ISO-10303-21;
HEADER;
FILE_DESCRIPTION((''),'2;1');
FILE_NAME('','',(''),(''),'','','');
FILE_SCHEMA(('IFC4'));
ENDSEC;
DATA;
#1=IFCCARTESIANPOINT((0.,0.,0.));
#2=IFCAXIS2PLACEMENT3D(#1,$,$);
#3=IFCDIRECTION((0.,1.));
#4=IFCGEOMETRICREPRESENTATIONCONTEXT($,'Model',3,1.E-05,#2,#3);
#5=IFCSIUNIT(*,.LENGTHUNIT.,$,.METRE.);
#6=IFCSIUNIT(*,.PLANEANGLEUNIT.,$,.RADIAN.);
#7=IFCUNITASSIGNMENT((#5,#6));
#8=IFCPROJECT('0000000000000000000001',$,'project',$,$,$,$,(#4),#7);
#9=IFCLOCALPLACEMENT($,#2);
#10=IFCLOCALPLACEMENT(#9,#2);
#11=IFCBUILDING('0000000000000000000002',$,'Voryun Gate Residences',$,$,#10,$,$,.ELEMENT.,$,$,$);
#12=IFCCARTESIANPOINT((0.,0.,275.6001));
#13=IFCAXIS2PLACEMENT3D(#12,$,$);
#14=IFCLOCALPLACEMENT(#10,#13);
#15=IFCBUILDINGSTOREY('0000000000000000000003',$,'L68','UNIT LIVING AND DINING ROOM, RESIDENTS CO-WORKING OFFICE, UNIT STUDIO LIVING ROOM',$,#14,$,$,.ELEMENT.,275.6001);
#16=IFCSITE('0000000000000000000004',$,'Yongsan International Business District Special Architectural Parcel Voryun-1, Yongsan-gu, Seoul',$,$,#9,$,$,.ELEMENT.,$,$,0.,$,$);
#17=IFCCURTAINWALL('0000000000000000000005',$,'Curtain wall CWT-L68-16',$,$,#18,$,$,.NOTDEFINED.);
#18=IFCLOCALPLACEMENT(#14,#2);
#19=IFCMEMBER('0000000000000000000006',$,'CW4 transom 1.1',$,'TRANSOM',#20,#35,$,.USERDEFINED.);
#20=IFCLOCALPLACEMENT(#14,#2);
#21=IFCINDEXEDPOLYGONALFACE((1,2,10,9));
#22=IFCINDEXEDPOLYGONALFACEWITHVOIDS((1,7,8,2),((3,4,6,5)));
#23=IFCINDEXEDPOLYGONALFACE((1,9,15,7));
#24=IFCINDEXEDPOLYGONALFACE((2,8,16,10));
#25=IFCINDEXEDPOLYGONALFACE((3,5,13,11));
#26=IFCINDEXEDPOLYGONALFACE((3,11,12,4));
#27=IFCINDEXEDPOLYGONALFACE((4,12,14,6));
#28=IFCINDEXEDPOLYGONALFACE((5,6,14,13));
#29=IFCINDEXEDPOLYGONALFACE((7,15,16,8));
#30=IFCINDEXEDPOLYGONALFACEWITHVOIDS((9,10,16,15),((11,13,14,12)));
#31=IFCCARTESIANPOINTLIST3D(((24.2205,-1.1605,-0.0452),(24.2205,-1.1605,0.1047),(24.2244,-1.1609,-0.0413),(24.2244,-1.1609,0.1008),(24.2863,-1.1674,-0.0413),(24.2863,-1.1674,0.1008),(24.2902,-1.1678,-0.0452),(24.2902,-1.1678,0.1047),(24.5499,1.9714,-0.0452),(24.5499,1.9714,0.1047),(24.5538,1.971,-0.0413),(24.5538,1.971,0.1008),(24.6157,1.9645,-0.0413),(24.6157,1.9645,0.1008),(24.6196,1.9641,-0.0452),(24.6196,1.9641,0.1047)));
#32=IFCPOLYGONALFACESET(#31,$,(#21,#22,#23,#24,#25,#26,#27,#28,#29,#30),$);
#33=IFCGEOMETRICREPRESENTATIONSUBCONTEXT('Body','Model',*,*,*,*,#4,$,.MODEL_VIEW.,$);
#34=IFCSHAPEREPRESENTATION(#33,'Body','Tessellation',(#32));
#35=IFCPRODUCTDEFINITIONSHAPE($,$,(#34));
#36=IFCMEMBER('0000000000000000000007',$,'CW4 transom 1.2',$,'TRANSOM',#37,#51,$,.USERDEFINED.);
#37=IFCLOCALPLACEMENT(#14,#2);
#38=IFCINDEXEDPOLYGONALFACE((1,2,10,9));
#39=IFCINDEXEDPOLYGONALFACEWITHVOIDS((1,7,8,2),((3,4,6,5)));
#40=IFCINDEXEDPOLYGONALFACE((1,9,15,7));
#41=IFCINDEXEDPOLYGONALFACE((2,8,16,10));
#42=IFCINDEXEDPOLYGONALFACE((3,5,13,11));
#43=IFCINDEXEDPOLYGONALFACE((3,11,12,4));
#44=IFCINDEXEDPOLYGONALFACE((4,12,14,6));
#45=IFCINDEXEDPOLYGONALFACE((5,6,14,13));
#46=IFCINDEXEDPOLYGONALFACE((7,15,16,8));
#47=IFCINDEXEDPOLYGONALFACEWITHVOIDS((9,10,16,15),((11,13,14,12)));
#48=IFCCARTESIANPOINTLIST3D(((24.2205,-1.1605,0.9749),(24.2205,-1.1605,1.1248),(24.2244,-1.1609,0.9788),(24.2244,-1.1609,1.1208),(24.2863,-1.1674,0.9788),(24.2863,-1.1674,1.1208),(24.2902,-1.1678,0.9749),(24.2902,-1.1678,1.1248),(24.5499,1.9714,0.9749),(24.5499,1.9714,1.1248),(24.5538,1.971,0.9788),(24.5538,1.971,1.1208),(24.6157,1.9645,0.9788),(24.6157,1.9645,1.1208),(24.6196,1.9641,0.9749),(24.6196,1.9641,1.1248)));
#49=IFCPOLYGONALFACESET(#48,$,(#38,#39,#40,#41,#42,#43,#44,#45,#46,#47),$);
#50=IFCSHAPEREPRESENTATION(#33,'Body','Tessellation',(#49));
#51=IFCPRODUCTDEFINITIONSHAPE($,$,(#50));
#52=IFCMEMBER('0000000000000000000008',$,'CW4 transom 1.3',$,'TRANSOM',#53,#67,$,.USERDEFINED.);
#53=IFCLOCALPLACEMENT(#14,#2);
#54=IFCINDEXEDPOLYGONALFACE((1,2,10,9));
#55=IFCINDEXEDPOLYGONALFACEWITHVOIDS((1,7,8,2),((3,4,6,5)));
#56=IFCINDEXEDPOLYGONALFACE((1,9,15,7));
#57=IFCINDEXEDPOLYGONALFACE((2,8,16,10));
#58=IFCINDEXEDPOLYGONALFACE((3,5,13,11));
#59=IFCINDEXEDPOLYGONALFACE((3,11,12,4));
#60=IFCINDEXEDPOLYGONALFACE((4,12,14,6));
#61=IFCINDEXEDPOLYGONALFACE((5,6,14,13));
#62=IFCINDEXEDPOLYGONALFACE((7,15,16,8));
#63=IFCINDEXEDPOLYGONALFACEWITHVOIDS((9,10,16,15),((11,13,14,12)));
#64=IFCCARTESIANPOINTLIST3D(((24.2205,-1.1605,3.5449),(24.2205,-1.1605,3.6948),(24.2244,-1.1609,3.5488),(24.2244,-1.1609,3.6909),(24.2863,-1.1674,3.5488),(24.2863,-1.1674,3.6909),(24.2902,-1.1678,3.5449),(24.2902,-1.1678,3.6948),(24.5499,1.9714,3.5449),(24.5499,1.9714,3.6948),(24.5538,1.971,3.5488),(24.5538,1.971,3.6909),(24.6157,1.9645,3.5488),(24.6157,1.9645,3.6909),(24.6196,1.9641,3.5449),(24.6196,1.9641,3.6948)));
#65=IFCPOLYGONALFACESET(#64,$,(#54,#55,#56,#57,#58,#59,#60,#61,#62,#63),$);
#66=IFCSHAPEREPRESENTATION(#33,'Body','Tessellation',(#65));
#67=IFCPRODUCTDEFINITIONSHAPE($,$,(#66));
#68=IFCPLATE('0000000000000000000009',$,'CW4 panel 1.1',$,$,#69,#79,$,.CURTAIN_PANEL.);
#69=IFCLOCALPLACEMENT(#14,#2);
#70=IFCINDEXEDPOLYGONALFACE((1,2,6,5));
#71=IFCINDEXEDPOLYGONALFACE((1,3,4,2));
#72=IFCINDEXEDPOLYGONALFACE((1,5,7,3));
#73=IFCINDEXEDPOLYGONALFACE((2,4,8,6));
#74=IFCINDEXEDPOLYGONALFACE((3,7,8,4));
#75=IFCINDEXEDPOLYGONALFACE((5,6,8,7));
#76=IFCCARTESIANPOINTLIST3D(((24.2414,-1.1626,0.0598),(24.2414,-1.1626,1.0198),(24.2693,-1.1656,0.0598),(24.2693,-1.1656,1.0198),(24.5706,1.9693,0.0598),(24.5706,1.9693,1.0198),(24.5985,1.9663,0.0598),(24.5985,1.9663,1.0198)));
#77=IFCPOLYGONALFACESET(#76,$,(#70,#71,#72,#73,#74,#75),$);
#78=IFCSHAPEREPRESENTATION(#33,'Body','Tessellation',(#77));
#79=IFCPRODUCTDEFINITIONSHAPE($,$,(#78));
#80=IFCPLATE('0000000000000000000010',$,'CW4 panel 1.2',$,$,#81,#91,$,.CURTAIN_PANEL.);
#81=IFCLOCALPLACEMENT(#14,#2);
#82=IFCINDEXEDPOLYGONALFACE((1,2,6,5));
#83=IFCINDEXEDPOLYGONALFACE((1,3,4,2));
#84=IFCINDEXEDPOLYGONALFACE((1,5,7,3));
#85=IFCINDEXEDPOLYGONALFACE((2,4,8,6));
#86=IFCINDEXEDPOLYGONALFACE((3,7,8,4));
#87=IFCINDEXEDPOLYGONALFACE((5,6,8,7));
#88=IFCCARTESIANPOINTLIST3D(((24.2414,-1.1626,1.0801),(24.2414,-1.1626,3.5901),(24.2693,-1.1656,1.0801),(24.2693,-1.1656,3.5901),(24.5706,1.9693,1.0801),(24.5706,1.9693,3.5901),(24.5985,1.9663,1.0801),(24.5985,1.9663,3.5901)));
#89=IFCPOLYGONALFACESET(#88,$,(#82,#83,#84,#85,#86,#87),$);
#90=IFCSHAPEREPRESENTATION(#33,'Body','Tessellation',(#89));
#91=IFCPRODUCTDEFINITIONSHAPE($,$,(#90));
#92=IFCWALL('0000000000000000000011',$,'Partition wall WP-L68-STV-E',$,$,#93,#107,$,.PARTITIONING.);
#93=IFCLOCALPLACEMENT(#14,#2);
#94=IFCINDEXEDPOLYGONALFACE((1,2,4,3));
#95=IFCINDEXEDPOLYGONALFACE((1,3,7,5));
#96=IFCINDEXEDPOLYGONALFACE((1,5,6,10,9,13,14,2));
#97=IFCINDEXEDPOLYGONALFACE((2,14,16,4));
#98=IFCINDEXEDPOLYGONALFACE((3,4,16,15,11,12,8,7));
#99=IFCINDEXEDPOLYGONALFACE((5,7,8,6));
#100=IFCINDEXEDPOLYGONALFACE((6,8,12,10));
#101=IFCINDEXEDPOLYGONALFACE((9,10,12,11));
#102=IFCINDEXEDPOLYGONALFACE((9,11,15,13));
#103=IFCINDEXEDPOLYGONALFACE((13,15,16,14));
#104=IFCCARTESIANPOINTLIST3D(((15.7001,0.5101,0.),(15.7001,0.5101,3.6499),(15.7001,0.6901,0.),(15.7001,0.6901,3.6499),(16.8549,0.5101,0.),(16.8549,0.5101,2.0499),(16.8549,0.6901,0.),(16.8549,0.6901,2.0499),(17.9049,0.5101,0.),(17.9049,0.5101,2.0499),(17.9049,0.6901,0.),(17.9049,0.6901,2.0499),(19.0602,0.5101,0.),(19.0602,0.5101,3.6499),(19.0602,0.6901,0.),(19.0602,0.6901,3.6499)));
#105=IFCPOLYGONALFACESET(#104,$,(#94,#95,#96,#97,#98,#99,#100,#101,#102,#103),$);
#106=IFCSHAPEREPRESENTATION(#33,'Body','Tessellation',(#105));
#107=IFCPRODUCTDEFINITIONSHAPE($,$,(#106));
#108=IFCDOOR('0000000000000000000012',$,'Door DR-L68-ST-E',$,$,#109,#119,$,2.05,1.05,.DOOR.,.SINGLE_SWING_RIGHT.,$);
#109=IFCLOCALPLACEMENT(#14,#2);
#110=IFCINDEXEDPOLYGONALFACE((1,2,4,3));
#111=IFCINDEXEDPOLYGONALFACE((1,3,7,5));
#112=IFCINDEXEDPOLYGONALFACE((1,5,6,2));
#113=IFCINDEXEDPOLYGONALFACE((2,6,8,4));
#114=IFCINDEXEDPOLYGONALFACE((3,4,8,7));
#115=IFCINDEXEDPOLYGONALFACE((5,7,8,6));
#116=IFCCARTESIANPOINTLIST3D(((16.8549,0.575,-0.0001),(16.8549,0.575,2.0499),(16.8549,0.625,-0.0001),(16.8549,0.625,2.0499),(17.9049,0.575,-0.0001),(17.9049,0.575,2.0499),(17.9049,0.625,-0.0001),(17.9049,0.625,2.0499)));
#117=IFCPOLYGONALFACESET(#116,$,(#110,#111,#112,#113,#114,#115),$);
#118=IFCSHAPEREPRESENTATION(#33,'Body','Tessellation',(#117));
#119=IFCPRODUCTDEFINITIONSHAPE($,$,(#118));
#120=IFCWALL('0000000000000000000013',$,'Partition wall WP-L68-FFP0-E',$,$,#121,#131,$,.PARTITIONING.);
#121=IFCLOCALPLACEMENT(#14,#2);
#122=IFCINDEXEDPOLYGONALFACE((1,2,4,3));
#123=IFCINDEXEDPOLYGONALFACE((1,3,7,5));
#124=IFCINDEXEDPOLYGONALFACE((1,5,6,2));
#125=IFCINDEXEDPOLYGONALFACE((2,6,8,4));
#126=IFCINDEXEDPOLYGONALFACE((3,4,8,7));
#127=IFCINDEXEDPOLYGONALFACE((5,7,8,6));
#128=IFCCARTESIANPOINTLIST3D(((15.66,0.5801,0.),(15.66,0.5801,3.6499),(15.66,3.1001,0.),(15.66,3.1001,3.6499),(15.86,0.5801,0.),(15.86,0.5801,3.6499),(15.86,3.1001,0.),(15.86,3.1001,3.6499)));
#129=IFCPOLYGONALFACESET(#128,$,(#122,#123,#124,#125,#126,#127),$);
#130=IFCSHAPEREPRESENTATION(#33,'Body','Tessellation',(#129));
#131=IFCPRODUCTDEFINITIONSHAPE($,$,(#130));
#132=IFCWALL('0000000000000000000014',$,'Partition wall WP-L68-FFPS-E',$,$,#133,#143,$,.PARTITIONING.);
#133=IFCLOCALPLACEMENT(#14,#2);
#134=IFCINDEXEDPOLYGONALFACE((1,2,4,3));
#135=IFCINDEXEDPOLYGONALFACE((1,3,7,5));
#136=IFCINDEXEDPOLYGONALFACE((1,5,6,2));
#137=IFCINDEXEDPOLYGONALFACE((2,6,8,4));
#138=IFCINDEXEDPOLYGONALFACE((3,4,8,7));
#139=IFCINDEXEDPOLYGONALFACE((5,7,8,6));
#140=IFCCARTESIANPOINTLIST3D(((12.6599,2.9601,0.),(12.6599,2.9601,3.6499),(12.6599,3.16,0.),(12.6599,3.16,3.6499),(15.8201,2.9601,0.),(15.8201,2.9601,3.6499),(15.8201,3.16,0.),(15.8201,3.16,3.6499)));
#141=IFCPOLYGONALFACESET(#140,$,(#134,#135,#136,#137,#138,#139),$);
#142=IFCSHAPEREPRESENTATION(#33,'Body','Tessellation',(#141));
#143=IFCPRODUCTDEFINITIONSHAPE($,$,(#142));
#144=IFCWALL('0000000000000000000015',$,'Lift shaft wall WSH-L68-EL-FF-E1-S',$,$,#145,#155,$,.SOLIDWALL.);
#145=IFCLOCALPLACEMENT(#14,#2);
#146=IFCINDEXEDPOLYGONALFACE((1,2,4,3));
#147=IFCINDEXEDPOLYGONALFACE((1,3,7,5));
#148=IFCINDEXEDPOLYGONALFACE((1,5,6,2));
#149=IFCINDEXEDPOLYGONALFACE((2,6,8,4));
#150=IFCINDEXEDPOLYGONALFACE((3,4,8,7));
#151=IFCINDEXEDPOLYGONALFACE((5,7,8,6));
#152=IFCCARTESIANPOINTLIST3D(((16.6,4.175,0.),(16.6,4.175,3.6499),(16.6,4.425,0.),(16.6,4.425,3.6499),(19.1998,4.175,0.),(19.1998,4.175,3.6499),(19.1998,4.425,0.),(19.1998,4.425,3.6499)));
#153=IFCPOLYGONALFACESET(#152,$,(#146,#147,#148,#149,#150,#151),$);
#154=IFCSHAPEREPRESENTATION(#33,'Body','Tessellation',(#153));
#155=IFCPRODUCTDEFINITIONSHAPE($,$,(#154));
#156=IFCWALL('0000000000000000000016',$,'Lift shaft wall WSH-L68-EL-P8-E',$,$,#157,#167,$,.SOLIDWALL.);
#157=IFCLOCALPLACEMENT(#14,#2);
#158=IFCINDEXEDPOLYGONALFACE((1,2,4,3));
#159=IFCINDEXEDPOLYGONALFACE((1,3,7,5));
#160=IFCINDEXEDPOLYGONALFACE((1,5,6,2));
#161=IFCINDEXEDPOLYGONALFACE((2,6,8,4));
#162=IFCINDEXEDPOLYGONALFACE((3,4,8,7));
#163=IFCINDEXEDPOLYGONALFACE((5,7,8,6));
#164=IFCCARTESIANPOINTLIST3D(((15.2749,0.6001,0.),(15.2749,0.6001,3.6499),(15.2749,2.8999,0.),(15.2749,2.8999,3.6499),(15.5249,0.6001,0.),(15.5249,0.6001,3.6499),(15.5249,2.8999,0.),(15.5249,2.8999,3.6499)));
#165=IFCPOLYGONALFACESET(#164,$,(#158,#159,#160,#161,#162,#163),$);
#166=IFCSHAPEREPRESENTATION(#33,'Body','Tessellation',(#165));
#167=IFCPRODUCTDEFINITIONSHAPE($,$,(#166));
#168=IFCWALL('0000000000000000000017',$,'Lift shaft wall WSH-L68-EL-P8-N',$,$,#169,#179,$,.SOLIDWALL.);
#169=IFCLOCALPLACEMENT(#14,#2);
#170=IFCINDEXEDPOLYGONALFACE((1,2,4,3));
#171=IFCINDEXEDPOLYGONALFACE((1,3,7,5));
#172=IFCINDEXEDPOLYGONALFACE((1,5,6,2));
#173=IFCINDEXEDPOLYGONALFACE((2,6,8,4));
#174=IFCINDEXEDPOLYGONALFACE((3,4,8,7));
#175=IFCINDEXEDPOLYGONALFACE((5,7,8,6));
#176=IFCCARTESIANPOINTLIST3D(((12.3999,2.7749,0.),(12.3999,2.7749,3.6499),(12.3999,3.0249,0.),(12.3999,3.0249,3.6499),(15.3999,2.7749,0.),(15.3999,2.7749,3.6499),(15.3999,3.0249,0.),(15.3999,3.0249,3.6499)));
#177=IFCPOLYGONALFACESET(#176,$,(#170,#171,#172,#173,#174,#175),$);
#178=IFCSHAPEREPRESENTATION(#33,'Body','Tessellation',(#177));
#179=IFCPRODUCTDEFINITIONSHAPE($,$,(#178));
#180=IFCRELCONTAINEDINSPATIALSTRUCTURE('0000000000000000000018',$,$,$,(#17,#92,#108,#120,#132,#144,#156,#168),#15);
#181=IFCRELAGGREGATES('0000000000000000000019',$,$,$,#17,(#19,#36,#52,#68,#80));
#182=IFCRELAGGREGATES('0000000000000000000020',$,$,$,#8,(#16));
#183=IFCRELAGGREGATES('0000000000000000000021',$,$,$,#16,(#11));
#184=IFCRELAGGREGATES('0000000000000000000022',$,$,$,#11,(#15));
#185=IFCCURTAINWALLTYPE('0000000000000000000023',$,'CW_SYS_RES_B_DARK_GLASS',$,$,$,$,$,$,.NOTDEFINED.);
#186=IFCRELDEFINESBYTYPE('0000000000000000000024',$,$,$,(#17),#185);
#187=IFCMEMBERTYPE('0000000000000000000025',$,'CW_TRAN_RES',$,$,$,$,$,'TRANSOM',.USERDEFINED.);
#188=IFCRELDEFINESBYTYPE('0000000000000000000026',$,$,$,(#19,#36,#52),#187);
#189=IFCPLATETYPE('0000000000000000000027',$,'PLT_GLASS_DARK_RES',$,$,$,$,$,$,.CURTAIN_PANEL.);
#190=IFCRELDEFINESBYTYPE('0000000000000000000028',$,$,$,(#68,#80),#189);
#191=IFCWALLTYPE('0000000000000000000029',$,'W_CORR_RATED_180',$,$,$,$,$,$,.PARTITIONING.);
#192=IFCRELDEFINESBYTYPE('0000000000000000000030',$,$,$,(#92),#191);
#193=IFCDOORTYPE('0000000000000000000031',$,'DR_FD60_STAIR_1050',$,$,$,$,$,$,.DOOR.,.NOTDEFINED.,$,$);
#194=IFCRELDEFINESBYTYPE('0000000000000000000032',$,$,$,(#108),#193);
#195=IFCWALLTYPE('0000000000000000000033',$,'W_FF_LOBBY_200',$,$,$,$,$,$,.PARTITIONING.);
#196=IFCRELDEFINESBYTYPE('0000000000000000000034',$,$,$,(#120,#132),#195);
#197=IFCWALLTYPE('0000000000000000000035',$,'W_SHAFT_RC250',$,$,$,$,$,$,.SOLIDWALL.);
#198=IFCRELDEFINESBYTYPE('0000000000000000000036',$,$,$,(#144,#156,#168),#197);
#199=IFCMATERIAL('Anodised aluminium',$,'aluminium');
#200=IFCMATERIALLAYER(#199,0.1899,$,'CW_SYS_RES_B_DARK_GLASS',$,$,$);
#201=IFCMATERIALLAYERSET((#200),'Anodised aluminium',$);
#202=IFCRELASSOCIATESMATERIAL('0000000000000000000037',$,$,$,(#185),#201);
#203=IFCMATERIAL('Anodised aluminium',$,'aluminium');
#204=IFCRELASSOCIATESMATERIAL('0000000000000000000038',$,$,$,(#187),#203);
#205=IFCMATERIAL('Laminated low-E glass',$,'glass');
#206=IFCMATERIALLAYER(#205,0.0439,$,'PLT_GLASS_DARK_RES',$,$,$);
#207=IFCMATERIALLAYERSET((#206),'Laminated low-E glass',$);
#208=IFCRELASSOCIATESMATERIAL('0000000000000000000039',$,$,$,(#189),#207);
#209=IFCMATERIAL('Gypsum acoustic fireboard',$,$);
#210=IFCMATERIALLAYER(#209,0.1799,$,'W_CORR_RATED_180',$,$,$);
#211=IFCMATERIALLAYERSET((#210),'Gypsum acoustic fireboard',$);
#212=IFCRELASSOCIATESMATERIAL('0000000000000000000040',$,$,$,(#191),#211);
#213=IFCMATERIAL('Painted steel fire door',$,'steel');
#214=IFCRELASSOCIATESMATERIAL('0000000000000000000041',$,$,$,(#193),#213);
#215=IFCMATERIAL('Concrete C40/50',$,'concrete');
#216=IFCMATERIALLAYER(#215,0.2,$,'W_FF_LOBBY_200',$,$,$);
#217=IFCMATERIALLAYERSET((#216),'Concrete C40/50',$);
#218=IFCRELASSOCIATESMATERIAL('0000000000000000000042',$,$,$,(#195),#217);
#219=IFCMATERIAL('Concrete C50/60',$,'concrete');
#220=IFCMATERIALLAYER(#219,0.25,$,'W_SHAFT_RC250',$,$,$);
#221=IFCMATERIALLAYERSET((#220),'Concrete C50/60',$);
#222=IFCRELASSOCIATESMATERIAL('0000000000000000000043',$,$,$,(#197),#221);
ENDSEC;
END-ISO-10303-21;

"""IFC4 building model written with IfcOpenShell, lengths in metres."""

from ifc_helpers import new_model, si_unit, direction, frame, frame_2d, origin, origin_2d, place, context, subcontext, project, spatial, rectangle, hollow_rectangle, extrude, material, layer, layer_set, material_profile, profile_set, type_object, element, fill, aggregate, save


model = new_model("IFC4")

# Units and contexts
model_context = context("Model", 3, precision=1e-05, world=origin(), true_north=direction((0.0, 1.0)))
body_context = subcontext(model_context, "Body", "Model", "MODEL_VIEW")
ifc_project = project(units=[si_unit("LENGTHUNIT", "METRE"), si_unit("PLANEANGLEUNIT", "RADIAN")], contexts=[model_context])

# Site, building, storey
site_placement = place(None, origin())
site = spatial("IfcSite", under=ifc_project, at=site_placement, Name="Yongsan International Business District Special Architectural Parcel Voryun-1, Yongsan-gu, Seoul", CompositionType="ELEMENT", RefElevation=0.0)
building_placement = place(site_placement, origin())
building = spatial("IfcBuilding", under=site, at=building_placement, Name="Voryun Gate Residences", CompositionType="ELEMENT")
storey_placement = place(building_placement, frame((0.0, 0.0, 275.6001)))
storey = spatial("IfcBuildingStorey", under=building, at=storey_placement, Name="L68", Description="UNIT LIVING AND DINING ROOM, RESIDENTS CO-WORKING OFFICE, UNIT STUDIO LIVING ROOM", CompositionType="ELEMENT", Elevation=275.6001)

# Curtain wall, members, plates
ifc_material_1 = material(Name="Anodised aluminium", Category="aluminium")
ifc_layer_1 = layer(ifc_material_1, 0.1899, Name="CW_SYS_RES_B_DARK_GLASS")
ifc_layer_set_1 = layer_set([ifc_layer_1], Name="Anodised aluminium")
curtain_wall_type = type_object("IfcCurtainWallType", Name="CW_SYS_RES_B_DARK_GLASS", PredefinedType="NOTDEFINED", material=ifc_layer_set_1)
curtain_wall_placement = place(storey_placement, origin())
curtain_wall = element("IfcCurtainWall", 1, at=curtain_wall_placement, inside=storey, type_object=curtain_wall_type, Name="Curtain wall CWT-L68-16", PredefinedType="NOTDEFINED")
ifc_material_2 = material(Name="Anodised aluminium", Category="aluminium")
ifc_material_profile_1 = material_profile(ifc_material_2, hollow_rectangle(XDim=0.0701, YDim=0.1499, WallThickness=0.0039, at=origin_2d()), Name="ALU-TRAN-150x70x4")
ifc_profile_set_1 = profile_set([ifc_material_profile_1], Name="Anodised aluminium")
member_type_1 = type_object("IfcMemberType", Name="CW_TRAN_RES", ElementType="TRANSOM", PredefinedType="USERDEFINED", material=ifc_profile_set_1)
member_1_placement = place(storey_placement, frame((24.5847, 1.9678, 0.0298), z_axis=(-0.104584, -0.994516, 0.0), x_axis=(0.994516, -0.104584, 0.0)))
member_1 = element("IfcMember", 2, at=member_1_placement, type_object=member_type_1, Name="CW4 transom 1.1", ObjectType="TRANSOM", PredefinedType="USERDEFINED", context=body_context, shape_type="SweptSolid", body=[
    extrude(hollow_rectangle(XDim=0.0701, YDim=0.1499, WallThickness=0.0039, at=origin_2d()), origin(), (0.0, 0.0, 1.0), 3.1492),
])
member_2_placement = place(storey_placement, frame((24.5847, 1.9678, 1.0498), z_axis=(-0.104584, -0.994516, 0.0), x_axis=(0.994516, -0.104584, 0.0)))
member_2 = element("IfcMember", 3, at=member_2_placement, type_object=member_type_1, Name="CW4 transom 1.2", ObjectType="TRANSOM", PredefinedType="USERDEFINED", context=body_context, shape_type="SweptSolid", body=[
    extrude(hollow_rectangle(XDim=0.0701, YDim=0.1499, WallThickness=0.0039, at=origin_2d()), origin(), (0.0, 0.0, 1.0), 3.1492),
])
member_3_placement = place(storey_placement, frame((24.5847, 1.9678, 3.6199), z_axis=(-0.104584, -0.994516, 0.0), x_axis=(0.994516, -0.104584, 0.0)))
member_3 = element("IfcMember", 4, at=member_3_placement, type_object=member_type_1, Name="CW4 transom 1.3", ObjectType="TRANSOM", PredefinedType="USERDEFINED", context=body_context, shape_type="SweptSolid", body=[
    extrude(hollow_rectangle(XDim=0.0701, YDim=0.1499, WallThickness=0.0039, at=origin_2d()), origin(), (0.0, 0.0, 1.0), 3.1492),
])
ifc_material_3 = material(Name="Laminated low-E glass", Category="glass")
ifc_layer_2 = layer(ifc_material_3, 0.0439, Name="PLT_GLASS_DARK_RES")
ifc_layer_set_2 = layer_set([ifc_layer_2], Name="Laminated low-E glass")
plate_type = type_object("IfcPlateType", Name="PLT_GLASS_DARK_RES", PredefinedType="CURTAIN_PANEL", material=ifc_layer_set_2)
plate_1_placement = place(storey_placement, frame((24.4199, 0.4019, 0.0598), z_axis=(0.0, 0.0, 1.0), x_axis=(-0.104536, -0.994521, 0.0)))
plate_1 = element("IfcPlate", 5, at=plate_1_placement, type_object=plate_type, Name="CW4 panel 1.1", PredefinedType="CURTAIN_PANEL", context=body_context, shape_type="SweptSolid", body=[
    extrude(rectangle(XDim=3.1492, YDim=0.0281, at=origin_2d()), origin(), (0.0, 0.0, 1.0), 0.96),
])
plate_2_placement = place(storey_placement, frame((24.4199, 0.4019, 1.0801), z_axis=(0.0, 0.0, 1.0), x_axis=(-0.104536, -0.994521, 0.0)))
plate_2 = element("IfcPlate", 6, at=plate_2_placement, type_object=plate_type, Name="CW4 panel 1.2", PredefinedType="CURTAIN_PANEL", context=body_context, shape_type="SweptSolid", body=[
    extrude(rectangle(XDim=3.1492, YDim=0.0281, at=origin_2d()), origin(), (0.0, 0.0, 1.0), 2.51),
])
aggregate(curtain_wall, [member_1, member_2, member_3, plate_1, plate_2])

# Wall, opening, door
ifc_material_4 = material(Name="Gypsum acoustic fireboard")
ifc_layer_3 = layer(ifc_material_4, 0.1799, Name="W_CORR_RATED_180")
ifc_layer_set_3 = layer_set([ifc_layer_3], Name="Gypsum acoustic fireboard")
wall_type_1 = type_object("IfcWallType", Name="W_CORR_RATED_180", PredefinedType="PARTITIONING", material=ifc_layer_set_3)
wall_1_placement = place(storey_placement, frame((15.7, 0.6001, 0.0), z_axis=(0.0, 0.0, 1.0), x_axis=(1.0, 0.0, 0.0)))
wall_1 = element("IfcWall", 7, at=wall_1_placement, inside=storey, type_object=wall_type_1, Name="Partition wall WP-L68-STV-E", PredefinedType="PARTITIONING", context=body_context, shape_type="SweptSolid", body=[
    extrude(rectangle(XDim=3.3601, YDim=0.1799, at=frame_2d((1.6802, 0.0))), origin(), (0.0, 0.0, 1.0), 3.6499),
])
opening_1_placement = place(wall_1_placement, frame((1.155, 0.0, 0.0)))
opening_1 = element("IfcOpeningElement", 8, at=opening_1_placement, cuts=wall_1, PredefinedType="OPENING", context=body_context, shape_type="SweptSolid", body=[
    extrude(rectangle(XDim=1.05, YDim=2.05, at=frame_2d((0.5249, 1.0249))), frame((0.0, 0.0999, 0.0), z_axis=(0.0, -1.0, 0.0), x_axis=(1.0, 0.0, 0.0)), (0.0, 0.0, 1.0), 0.2),
])
ifc_material_5 = material(Name="Painted steel fire door", Category="steel")
door_type_1 = type_object("IfcDoorType", Name="DR_FD60_STAIR_1050", OperationType="NOTDEFINED", PredefinedType="DOOR", material=ifc_material_5)
door_1_placement = place(opening_1_placement, origin())
door_1 = element("IfcDoor", 9, at=door_1_placement, inside=storey, type_object=door_type_1, Name="Door DR-L68-ST-E", OperationType="SINGLE_SWING_RIGHT", OverallHeight=2.05, OverallWidth=1.05, PredefinedType="DOOR", context=body_context, shape_type="SweptSolid", body=[
    extrude(rectangle(XDim=1.05, YDim=2.05, at=frame_2d((0.5249, 1.0249))), frame((0.0, 0.0249, 0.0), z_axis=(0.0, -1.0, 0.0), x_axis=(1.0, 0.0, 0.0)), (0.0, 0.0, 1.0), 0.05),
])
fill(opening_1, door_1)

# Walls
ifc_material_6 = material(Name="Concrete C40/50", Category="concrete")
ifc_layer_4 = layer(ifc_material_6, 0.2, Name="W_FF_LOBBY_200")
ifc_layer_set_4 = layer_set([ifc_layer_4], Name="Concrete C40/50")
wall_type_2 = type_object("IfcWallType", Name="W_FF_LOBBY_200", PredefinedType="PARTITIONING", material=ifc_layer_set_4)
wall_2_placement = place(storey_placement, frame((15.76, 0.5801, 0.0), z_axis=(0.0, 0.0, 1.0), x_axis=(0.0, 1.0, 0.0)))
element("IfcWall", 10, at=wall_2_placement, inside=storey, type_object=wall_type_2, Name="Partition wall WP-L68-FFP0-E", PredefinedType="PARTITIONING", context=body_context, shape_type="SweptSolid", body=[
    extrude(rectangle(XDim=2.52, YDim=0.2, at=frame_2d((1.26, 0.0))), origin(), (0.0, 0.0, 1.0), 3.6499),
])
wall_3_placement = place(storey_placement, frame((12.6599, 3.0601, 0.0), z_axis=(0.0, 0.0, 1.0), x_axis=(1.0, 0.0, 0.0)))
element("IfcWall", 11, at=wall_3_placement, inside=storey, type_object=wall_type_2, Name="Partition wall WP-L68-FFPS-E", PredefinedType="PARTITIONING", context=body_context, shape_type="SweptSolid", body=[
    extrude(rectangle(XDim=3.1602, YDim=0.2, at=frame_2d((1.5801, 0.0))), origin(), (0.0, 0.0, 1.0), 3.6499),
])
ifc_material_7 = material(Name="Concrete C50/60", Category="concrete")
ifc_layer_5 = layer(ifc_material_7, 0.25, Name="W_SHAFT_RC250")
ifc_layer_set_5 = layer_set([ifc_layer_5], Name="Concrete C50/60")
wall_type_3 = type_object("IfcWallType", Name="W_SHAFT_RC250", PredefinedType="SOLIDWALL", material=ifc_layer_set_5)
wall_4_placement = place(storey_placement, frame((16.6001, 4.3, 0.0), z_axis=(0.0, 0.0, 1.0), x_axis=(1.0, 0.0, 0.0)))
element("IfcWall", 12, at=wall_4_placement, inside=storey, type_object=wall_type_3, Name="Lift shaft wall WSH-L68-EL-FF-E1-S", PredefinedType="SOLIDWALL", context=body_context, shape_type="SweptSolid", body=[
    extrude(rectangle(XDim=2.5999, YDim=0.25, at=frame_2d((1.2998, 0.0))), origin(), (0.0, 0.0, 1.0), 3.6499),
])
wall_5_placement = place(storey_placement, frame((15.3999, 0.6001, 0.0), z_axis=(0.0, 0.0, 1.0), x_axis=(0.0, 1.0, 0.0)))
element("IfcWall", 13, at=wall_5_placement, inside=storey, type_object=wall_type_3, Name="Lift shaft wall WSH-L68-EL-P8-E", PredefinedType="SOLIDWALL", context=body_context, shape_type="SweptSolid", body=[
    extrude(rectangle(XDim=2.2998, YDim=0.25, at=frame_2d((1.1499, 0.0))), origin(), (0.0, 0.0, 1.0), 3.6499),
])
wall_6_placement = place(storey_placement, frame((15.3999, 2.8999, 0.0), z_axis=(0.0, 0.0, 1.0), x_axis=(-1.0, 0.0, 0.0)))
element("IfcWall", 14, at=wall_6_placement, inside=storey, type_object=wall_type_3, Name="Lift shaft wall WSH-L68-EL-P8-N", PredefinedType="SOLIDWALL", context=body_context, shape_type="SweptSolid", body=[
    extrude(rectangle(XDim=3.0, YDim=0.25, at=frame_2d((1.5, 0.0))), origin(), (0.0, 0.0, 1.0), 3.6499),
])

save(model, "model.ifc")
